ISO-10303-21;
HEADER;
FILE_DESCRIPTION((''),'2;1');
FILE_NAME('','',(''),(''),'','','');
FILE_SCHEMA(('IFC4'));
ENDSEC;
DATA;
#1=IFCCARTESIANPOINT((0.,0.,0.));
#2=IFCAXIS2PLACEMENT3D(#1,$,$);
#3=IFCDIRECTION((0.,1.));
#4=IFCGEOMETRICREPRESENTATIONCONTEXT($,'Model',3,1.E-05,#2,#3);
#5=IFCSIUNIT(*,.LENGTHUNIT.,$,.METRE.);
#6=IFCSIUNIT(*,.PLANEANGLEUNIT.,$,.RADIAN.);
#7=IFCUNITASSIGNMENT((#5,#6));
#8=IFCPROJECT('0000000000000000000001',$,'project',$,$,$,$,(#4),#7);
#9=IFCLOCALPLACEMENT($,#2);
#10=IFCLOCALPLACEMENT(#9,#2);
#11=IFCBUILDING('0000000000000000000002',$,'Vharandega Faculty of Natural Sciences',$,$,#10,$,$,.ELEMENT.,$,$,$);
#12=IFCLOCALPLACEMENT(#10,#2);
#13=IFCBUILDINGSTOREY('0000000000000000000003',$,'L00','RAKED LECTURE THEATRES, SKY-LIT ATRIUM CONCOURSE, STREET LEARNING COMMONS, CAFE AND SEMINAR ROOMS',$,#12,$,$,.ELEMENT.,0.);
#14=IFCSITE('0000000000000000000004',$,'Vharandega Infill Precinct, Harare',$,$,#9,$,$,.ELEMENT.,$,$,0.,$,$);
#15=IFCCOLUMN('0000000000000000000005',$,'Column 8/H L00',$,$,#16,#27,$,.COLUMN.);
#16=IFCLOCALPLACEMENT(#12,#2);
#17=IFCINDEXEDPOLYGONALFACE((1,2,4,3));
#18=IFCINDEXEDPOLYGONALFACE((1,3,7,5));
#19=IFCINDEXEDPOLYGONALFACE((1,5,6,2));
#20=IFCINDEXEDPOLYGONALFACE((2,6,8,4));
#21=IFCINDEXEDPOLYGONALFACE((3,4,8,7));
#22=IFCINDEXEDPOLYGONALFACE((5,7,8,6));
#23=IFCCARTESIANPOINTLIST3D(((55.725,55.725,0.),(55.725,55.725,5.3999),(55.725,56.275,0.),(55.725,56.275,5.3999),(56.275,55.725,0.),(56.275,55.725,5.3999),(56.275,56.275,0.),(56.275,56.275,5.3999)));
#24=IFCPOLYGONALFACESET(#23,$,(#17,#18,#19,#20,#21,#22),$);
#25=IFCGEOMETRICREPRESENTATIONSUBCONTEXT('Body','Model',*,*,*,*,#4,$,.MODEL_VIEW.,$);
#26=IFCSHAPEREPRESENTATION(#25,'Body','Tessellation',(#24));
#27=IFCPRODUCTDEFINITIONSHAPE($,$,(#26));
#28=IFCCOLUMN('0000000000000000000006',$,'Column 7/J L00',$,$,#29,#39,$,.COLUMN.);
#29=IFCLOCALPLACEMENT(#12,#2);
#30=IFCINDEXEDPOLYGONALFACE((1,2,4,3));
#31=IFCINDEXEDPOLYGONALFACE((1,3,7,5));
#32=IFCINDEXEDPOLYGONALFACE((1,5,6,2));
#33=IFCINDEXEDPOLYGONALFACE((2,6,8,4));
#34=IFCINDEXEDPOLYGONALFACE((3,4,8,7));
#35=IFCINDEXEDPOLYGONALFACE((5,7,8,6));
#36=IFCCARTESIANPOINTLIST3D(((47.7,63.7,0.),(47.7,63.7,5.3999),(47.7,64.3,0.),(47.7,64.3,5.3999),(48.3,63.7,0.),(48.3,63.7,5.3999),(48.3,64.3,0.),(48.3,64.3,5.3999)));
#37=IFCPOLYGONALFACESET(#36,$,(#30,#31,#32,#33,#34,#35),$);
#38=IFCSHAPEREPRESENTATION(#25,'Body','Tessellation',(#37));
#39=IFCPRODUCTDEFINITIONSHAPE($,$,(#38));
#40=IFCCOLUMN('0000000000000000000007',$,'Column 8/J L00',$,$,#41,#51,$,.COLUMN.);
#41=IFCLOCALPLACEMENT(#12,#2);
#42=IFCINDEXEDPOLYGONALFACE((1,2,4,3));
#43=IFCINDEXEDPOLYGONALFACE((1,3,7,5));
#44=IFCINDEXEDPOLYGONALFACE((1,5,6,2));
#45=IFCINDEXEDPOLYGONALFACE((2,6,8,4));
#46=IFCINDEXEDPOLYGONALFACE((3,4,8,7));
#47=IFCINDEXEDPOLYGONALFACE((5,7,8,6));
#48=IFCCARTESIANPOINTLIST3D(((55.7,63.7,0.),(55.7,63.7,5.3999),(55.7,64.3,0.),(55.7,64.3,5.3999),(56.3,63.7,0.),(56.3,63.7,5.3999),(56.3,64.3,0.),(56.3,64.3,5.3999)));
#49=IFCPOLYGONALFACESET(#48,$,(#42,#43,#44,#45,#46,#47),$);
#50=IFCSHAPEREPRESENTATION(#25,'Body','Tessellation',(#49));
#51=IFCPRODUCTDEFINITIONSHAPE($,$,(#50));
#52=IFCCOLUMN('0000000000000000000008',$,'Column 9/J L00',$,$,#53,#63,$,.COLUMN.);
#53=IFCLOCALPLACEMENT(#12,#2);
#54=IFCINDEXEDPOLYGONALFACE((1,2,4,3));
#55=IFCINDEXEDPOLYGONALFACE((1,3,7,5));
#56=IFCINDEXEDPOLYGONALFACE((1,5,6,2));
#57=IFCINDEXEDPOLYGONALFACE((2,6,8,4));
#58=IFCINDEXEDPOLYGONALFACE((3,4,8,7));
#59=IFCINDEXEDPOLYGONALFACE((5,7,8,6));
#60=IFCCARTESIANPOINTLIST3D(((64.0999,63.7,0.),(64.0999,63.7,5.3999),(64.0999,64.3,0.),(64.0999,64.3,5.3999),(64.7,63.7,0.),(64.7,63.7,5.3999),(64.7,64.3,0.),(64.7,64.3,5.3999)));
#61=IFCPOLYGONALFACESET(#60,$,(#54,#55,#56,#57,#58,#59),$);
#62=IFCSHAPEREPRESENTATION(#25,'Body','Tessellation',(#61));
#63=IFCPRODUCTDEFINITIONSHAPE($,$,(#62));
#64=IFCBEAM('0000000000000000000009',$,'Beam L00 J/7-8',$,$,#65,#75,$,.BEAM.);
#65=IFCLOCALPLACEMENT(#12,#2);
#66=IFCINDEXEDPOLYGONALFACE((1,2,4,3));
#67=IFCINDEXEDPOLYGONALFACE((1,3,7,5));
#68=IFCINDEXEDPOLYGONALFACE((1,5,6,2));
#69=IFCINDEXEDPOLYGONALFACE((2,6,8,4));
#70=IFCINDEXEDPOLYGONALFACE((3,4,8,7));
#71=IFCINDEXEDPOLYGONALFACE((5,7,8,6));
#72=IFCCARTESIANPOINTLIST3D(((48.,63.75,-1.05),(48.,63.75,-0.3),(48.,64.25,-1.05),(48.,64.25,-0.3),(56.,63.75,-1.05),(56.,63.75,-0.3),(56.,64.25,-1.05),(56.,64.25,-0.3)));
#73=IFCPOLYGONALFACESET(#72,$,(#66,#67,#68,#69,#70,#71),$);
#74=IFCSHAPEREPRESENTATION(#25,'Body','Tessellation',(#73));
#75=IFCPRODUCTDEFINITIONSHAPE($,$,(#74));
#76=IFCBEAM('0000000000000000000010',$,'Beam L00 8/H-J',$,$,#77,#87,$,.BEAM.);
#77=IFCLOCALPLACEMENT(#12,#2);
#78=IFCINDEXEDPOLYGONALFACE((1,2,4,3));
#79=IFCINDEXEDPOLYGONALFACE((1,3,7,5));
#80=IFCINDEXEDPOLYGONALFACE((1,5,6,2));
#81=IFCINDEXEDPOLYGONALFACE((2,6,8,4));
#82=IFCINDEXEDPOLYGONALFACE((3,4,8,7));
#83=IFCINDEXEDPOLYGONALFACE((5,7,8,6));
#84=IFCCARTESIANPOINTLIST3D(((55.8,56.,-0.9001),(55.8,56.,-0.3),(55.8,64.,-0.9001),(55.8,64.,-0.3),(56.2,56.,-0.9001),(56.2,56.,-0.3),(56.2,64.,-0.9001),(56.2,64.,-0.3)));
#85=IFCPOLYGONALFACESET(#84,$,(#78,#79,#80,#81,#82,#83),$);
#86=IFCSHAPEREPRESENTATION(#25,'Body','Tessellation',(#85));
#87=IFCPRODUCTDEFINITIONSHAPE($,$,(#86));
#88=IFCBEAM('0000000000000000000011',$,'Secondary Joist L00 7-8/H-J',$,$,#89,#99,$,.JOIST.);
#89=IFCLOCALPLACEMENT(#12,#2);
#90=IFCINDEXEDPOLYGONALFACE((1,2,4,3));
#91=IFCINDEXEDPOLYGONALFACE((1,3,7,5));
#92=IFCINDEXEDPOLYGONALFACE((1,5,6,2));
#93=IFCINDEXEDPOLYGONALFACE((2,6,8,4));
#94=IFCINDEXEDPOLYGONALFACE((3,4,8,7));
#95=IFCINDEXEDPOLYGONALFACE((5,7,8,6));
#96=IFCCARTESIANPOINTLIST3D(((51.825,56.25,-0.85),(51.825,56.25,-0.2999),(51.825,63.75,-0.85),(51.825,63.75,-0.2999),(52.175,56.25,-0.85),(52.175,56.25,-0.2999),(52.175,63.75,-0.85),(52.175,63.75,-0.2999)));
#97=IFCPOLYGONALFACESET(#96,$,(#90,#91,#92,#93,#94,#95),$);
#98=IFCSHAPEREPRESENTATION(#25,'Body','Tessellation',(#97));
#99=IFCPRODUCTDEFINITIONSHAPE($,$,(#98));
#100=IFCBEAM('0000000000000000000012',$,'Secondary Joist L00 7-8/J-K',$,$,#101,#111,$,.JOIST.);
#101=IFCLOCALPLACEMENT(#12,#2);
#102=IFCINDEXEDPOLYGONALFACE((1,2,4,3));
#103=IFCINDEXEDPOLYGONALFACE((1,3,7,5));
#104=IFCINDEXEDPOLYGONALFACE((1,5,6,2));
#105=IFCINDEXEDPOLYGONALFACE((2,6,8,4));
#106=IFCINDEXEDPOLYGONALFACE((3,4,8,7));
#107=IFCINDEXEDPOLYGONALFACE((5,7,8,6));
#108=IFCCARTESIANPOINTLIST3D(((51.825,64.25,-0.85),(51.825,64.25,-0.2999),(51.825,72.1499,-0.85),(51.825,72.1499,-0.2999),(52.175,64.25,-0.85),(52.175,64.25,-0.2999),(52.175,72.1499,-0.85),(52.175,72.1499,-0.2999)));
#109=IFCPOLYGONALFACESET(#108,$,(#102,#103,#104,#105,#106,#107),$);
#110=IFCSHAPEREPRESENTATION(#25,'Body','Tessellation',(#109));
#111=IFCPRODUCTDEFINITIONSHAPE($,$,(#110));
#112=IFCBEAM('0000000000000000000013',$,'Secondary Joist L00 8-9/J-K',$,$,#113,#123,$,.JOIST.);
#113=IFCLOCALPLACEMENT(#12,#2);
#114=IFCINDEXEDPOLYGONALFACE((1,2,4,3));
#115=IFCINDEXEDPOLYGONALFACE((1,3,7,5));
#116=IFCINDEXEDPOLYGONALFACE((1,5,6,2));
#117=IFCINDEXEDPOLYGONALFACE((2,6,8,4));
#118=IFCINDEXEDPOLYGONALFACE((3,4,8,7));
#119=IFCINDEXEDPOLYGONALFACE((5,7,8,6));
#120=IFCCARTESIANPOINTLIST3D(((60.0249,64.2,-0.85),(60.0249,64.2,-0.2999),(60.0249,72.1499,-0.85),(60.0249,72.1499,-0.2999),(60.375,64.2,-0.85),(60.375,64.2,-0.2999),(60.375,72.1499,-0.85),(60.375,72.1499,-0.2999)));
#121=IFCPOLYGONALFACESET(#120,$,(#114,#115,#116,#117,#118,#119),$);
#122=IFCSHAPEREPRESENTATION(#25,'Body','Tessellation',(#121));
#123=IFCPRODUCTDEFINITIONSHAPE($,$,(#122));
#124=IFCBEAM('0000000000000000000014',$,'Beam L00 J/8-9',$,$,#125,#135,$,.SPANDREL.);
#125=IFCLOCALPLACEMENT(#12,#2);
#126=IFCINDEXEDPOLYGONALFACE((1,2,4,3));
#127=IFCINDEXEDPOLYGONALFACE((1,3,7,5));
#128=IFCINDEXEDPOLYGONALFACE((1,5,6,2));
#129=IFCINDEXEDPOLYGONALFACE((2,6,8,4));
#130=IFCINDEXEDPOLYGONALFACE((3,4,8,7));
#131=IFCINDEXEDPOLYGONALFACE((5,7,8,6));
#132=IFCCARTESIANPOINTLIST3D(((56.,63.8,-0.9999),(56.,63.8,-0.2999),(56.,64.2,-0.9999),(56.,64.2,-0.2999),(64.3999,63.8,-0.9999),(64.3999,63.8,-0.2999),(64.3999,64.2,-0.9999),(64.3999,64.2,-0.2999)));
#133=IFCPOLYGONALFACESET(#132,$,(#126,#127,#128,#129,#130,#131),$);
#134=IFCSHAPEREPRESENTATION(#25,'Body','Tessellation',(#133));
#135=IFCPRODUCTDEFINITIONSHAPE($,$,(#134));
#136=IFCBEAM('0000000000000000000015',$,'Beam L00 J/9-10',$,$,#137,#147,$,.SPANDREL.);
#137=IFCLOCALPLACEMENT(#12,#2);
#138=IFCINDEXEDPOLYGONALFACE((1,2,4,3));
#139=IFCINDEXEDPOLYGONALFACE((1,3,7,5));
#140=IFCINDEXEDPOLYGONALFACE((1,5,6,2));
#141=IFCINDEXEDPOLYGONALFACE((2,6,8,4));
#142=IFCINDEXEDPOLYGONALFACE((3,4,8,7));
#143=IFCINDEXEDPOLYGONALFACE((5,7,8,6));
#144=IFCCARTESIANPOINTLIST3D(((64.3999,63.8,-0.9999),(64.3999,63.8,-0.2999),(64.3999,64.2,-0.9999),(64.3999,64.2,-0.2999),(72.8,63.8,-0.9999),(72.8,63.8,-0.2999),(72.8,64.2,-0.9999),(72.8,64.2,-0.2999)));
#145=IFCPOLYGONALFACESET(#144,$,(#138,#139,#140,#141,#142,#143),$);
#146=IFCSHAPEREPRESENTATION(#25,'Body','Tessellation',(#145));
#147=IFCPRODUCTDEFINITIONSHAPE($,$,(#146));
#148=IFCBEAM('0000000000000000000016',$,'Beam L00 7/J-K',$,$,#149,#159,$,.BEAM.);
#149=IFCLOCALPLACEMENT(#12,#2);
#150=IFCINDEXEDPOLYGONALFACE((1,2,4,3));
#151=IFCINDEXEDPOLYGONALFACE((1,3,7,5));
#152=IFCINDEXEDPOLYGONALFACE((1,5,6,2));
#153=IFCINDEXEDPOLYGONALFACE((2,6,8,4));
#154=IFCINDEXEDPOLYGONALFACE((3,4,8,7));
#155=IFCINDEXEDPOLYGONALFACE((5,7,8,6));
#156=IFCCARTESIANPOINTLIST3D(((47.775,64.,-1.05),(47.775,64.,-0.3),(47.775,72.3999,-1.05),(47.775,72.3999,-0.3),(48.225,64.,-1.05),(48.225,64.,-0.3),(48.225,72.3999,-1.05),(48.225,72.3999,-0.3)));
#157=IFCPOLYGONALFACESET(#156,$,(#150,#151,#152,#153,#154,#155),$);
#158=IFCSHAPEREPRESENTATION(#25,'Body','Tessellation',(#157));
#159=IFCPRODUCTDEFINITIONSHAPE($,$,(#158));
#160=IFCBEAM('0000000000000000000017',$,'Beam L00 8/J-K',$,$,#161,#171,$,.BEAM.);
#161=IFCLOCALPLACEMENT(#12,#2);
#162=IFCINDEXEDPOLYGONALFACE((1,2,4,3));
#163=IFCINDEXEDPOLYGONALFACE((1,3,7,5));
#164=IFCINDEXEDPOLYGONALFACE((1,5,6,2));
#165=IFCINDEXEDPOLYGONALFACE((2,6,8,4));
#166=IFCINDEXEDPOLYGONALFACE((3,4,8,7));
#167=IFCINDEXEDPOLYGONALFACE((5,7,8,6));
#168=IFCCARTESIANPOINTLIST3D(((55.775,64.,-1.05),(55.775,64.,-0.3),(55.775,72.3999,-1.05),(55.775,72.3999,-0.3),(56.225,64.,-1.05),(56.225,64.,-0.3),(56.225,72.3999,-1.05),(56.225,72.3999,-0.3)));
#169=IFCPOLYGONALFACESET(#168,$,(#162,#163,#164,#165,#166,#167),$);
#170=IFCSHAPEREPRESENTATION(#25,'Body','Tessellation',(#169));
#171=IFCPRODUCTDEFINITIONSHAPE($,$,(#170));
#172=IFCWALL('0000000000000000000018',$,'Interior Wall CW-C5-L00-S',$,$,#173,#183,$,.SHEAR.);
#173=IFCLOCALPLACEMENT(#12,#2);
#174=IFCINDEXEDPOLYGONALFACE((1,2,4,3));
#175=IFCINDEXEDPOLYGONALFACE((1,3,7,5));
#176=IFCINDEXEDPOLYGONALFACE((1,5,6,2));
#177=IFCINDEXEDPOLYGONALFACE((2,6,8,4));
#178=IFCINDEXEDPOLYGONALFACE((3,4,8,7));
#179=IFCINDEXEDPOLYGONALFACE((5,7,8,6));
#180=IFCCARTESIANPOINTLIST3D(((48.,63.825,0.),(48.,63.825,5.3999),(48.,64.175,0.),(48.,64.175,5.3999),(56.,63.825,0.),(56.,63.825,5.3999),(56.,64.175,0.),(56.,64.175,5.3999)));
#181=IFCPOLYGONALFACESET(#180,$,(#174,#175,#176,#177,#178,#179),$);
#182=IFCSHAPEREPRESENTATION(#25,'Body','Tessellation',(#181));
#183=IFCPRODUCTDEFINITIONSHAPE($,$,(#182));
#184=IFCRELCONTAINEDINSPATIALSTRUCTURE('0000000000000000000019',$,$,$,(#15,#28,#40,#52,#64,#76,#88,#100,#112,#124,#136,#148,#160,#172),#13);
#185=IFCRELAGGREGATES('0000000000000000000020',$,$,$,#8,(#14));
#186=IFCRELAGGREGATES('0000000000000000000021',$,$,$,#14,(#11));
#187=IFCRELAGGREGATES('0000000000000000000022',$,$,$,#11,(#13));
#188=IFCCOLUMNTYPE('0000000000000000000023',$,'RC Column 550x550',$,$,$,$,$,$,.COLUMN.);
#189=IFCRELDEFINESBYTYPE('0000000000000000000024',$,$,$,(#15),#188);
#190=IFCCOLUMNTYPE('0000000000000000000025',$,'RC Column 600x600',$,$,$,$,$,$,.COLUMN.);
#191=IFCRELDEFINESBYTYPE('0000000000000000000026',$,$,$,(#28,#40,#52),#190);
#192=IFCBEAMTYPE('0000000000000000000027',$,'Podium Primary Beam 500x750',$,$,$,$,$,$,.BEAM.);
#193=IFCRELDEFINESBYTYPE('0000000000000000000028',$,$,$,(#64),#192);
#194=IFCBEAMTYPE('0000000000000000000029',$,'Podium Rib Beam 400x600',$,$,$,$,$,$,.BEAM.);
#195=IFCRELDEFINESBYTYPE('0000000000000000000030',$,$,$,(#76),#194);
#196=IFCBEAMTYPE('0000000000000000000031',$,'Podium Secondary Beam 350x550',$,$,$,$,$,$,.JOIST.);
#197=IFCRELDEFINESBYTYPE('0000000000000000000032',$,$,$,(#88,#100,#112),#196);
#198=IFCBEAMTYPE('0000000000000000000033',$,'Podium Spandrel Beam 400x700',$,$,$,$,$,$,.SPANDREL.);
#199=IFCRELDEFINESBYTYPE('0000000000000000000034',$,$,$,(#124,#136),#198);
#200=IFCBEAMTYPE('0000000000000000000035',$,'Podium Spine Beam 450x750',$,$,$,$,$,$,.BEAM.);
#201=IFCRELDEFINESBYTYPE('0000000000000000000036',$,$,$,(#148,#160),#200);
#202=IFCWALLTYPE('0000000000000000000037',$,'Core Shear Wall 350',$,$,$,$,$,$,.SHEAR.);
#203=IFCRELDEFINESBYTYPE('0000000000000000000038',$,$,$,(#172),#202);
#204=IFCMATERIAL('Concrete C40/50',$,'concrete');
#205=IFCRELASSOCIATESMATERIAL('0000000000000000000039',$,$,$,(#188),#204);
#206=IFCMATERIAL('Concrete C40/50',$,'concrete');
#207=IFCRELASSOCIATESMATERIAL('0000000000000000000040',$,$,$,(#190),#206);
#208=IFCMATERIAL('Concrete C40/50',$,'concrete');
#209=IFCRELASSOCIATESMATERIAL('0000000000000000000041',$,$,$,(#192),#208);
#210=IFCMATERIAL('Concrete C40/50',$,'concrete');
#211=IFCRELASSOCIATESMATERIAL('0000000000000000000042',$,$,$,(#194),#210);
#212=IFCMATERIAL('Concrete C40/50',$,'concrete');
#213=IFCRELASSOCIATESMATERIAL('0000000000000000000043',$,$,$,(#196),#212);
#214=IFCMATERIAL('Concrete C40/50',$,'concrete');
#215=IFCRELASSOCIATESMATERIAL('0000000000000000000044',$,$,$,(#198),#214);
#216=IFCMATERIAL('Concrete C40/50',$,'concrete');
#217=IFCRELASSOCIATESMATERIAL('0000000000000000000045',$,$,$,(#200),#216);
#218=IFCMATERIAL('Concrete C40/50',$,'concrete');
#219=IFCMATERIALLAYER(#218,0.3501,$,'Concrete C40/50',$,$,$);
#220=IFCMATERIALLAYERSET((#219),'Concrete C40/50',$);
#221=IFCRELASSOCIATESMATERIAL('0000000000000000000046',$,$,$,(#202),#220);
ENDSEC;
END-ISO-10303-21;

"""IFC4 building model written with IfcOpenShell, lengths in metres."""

from ifc_helpers import new_model, si_unit, direction, frame, frame_2d, origin, origin_2d, place, context, subcontext, project, spatial, rectangle, extrude, material, layer, layer_set, material_profile, profile_set, type_object, element, save


model = new_model("IFC4")

# Units and contexts
model_context = context("Model", 3, precision=1e-05, world=origin(), true_north=direction((0.0, 1.0)))
body_context = subcontext(model_context, "Body", "Model", "MODEL_VIEW")
ifc_project = project(units=[si_unit("LENGTHUNIT", "METRE"), si_unit("PLANEANGLEUNIT", "RADIAN")], contexts=[model_context])

# Site, building, storey
site_placement = place(None, origin())
site = spatial("IfcSite", under=ifc_project, at=site_placement, Name="Vharandega Infill Precinct, Harare", CompositionType="ELEMENT", RefElevation=0.0)
building_placement = place(site_placement, origin())
building = spatial("IfcBuilding", under=site, at=building_placement, Name="Vharandega Faculty of Natural Sciences", CompositionType="ELEMENT")
storey_placement = place(building_placement, origin())
storey = spatial("IfcBuildingStorey", under=building, at=storey_placement, Name="L00", Description="RAKED LECTURE THEATRES, SKY-LIT ATRIUM CONCOURSE, STREET LEARNING COMMONS, CAFE AND SEMINAR ROOMS", CompositionType="ELEMENT", Elevation=0.0)

# Columns
ifc_material_1 = material(Name="Concrete C40/50", Category="concrete")
ifc_material_profile_1 = material_profile(ifc_material_1, rectangle(XDim=0.55, YDim=0.55, at=origin_2d()), Name="RC 550x550")
ifc_profile_set_1 = profile_set([ifc_material_profile_1], Name="Concrete C40/50")
column_type_1 = type_object("IfcColumnType", Name="RC Column 550x550", PredefinedType="COLUMN", material=ifc_profile_set_1)
column_placement = place(storey_placement, frame((56.0, 56.0, 0.0), z_axis=(0.0, 0.0, 1.0), x_axis=(1.0, 0.0, 0.0)))
element("IfcColumn", 1, at=column_placement, inside=storey, type_object=column_type_1, Name="Column 8/H L00", PredefinedType="COLUMN", context=body_context, shape_type="SweptSolid", body=[
    extrude(rectangle(XDim=0.55, YDim=0.55, at=origin_2d()), origin(), (0.0, 0.0, 1.0), 5.3999),
])
ifc_material_2 = material(Name="Concrete C40/50", Category="concrete")
ifc_material_profile_2 = material_profile(ifc_material_2, rectangle(XDim=0.6001, YDim=0.6001, at=origin_2d()), Name="RC 600x600")
ifc_profile_set_2 = profile_set([ifc_material_profile_2], Name="Concrete C40/50")
column_type_2 = type_object("IfcColumnType", Name="RC Column 600x600", PredefinedType="COLUMN", material=ifc_profile_set_2)
for number, where, z_axis, x_axis, name in (
    (2, (48.0, 64.0, 0.0), (0.0, 0.0, 1.0), (1.0, 0.0, 0.0), "Column 7/J L00"),
    (3, (56.0, 64.0, 0.0), (0.0, 0.0, 1.0), (1.0, 0.0, 0.0), "Column 8/J L00"),
    (4, (64.3999, 64.0, 0.0), (0.0, 0.0, 1.0), (1.0, 0.0, 0.0), "Column 9/J L00"),
):
    element("IfcColumn", number, at=place(storey_placement, frame(where, z_axis=z_axis, x_axis=x_axis)), inside=storey, type_object=column_type_2, Name=name, PredefinedType="COLUMN", context=body_context, shape_type="SweptSolid", body=[
        extrude(rectangle(XDim=0.6001, YDim=0.6001, at=origin_2d()), origin(), (0.0, 0.0, 1.0), 5.3999),
    ])

# Beams
ifc_material_3 = material(Name="Concrete C40/50", Category="concrete")
ifc_material_profile_3 = material_profile(ifc_material_3, rectangle(XDim=0.5, YDim=0.75, at=origin_2d()), Name="RC 500x750")
ifc_profile_set_3 = profile_set([ifc_material_profile_3], Name="Concrete C40/50")
beam_type_1 = type_object("IfcBeamType", Name="Podium Primary Beam 500x750", PredefinedType="BEAM", material=ifc_profile_set_3)
beam_1_placement = place(storey_placement, frame((48.0, 64.0, -0.675), z_axis=(1.0, 0.0, 0.0), x_axis=(0.0, 1.0, 0.0)))
element("IfcBeam", 5, at=beam_1_placement, inside=storey, type_object=beam_type_1, Name="Beam L00 J/7-8", PredefinedType="BEAM", context=body_context, shape_type="SweptSolid", body=[
    extrude(rectangle(XDim=0.5, YDim=0.75, at=origin_2d()), origin(), (0.0, 0.0, 1.0), 8.0),
])
ifc_material_4 = material(Name="Concrete C40/50", Category="concrete")
ifc_material_profile_4 = material_profile(ifc_material_4, rectangle(XDim=0.3999, YDim=0.6001, at=origin_2d()), Name="RC 400x600")
ifc_profile_set_4 = profile_set([ifc_material_profile_4], Name="Concrete C40/50")
beam_type_2 = type_object("IfcBeamType", Name="Podium Rib Beam 400x600", PredefinedType="BEAM", material=ifc_profile_set_4)
beam_2_placement = place(storey_placement, frame((56.0, 56.0, -0.6001), z_axis=(0.0, 1.0, 0.0), x_axis=(-1.0, 0.0, 0.0)))
element("IfcBeam", 6, at=beam_2_placement, inside=storey, type_object=beam_type_2, Name="Beam L00 8/H-J", PredefinedType="BEAM", context=body_context, shape_type="SweptSolid", body=[
    extrude(rectangle(XDim=0.3999, YDim=0.6001, at=origin_2d()), origin(), (0.0, 0.0, 1.0), 8.0),
])
ifc_material_5 = material(Name="Concrete C40/50", Category="concrete")
ifc_material_profile_5 = material_profile(ifc_material_5, rectangle(XDim=0.3501, YDim=0.55, at=origin_2d()), Name="RC 350x550")
ifc_profile_set_5 = profile_set([ifc_material_profile_5], Name="Concrete C40/50")
beam_type_3 = type_object("IfcBeamType", Name="Podium Secondary Beam 350x550", PredefinedType="JOIST", material=ifc_profile_set_5)
beam_3_placement = place(storey_placement, frame((52.0, 56.25, -0.575), z_axis=(0.0, 1.0, 0.0), x_axis=(-1.0, 0.0, 0.0)))
element("IfcBeam", 7, at=beam_3_placement, inside=storey, type_object=beam_type_3, Name="Secondary Joist L00 7-8/H-J", PredefinedType="JOIST", context=body_context, shape_type="SweptSolid", body=[
    extrude(rectangle(XDim=0.3501, YDim=0.55, at=origin_2d()), origin(), (0.0, 0.0, 1.0), 7.5),
])
beam_4_placement = place(storey_placement, frame((52.0, 64.25, -0.575), z_axis=(0.0, 1.0, 0.0), x_axis=(-1.0, 0.0, 0.0)))
element("IfcBeam", 8, at=beam_4_placement, inside=storey, type_object=beam_type_3, Name="Secondary Joist L00 7-8/J-K", PredefinedType="JOIST", context=body_context, shape_type="SweptSolid", body=[
    extrude(rectangle(XDim=0.3501, YDim=0.55, at=origin_2d()), origin(), (0.0, 0.0, 1.0), 7.8999),
])
beam_5_placement = place(storey_placement, frame((60.2, 64.2, -0.575), z_axis=(0.0, 1.0, 0.0), x_axis=(-1.0, 0.0, 0.0)))
element("IfcBeam", 9, at=beam_5_placement, inside=storey, type_object=beam_type_3, Name="Secondary Joist L00 8-9/J-K", PredefinedType="JOIST", context=body_context, shape_type="SweptSolid", body=[
    extrude(rectangle(XDim=0.3501, YDim=0.55, at=origin_2d()), origin(), (0.0, 0.0, 1.0), 7.95),
])
ifc_material_6 = material(Name="Concrete C40/50", Category="concrete")
ifc_material_profile_6 = material_profile(ifc_material_6, rectangle(XDim=0.3999, YDim=0.7, at=origin_2d()), Name="RC 400x700")
ifc_profile_set_6 = profile_set([ifc_material_profile_6], Name="Concrete C40/50")
beam_type_4 = type_object("IfcBeamType", Name="Podium Spandrel Beam 400x700", PredefinedType="SPANDREL", material=ifc_profile_set_6)
beam_6_placement = place(storey_placement, frame((56.0, 64.0, -0.6499), z_axis=(1.0, 0.0, 0.0), x_axis=(0.0, 1.0, 0.0)))
element("IfcBeam", 10, at=beam_6_placement, inside=storey, type_object=beam_type_4, Name="Beam L00 J/8-9", PredefinedType="SPANDREL", context=body_context, shape_type="SweptSolid", body=[
    extrude(rectangle(XDim=0.3999, YDim=0.7, at=origin_2d()), origin(), (0.0, 0.0, 1.0), 8.3999),
])
beam_7_placement = place(storey_placement, frame((64.3999, 64.0, -0.6499), z_axis=(1.0, 0.0, 0.0), x_axis=(0.0, 1.0, 0.0)))
element("IfcBeam", 11, at=beam_7_placement, inside=storey, type_object=beam_type_4, Name="Beam L00 J/9-10", PredefinedType="SPANDREL", context=body_context, shape_type="SweptSolid", body=[
    extrude(rectangle(XDim=0.3999, YDim=0.7, at=origin_2d()), origin(), (0.0, 0.0, 1.0), 8.4001),
])
ifc_material_7 = material(Name="Concrete C40/50", Category="concrete")
ifc_material_profile_7 = material_profile(ifc_material_7, rectangle(XDim=0.45, YDim=0.75, at=origin_2d()), Name="RC 450x750")
ifc_profile_set_7 = profile_set([ifc_material_profile_7], Name="Concrete C40/50")
beam_type_5 = type_object("IfcBeamType", Name="Podium Spine Beam 450x750", PredefinedType="BEAM", material=ifc_profile_set_7)
for number, where, z_axis, x_axis, name in (
    (12, (48.0, 64.0, -0.675), (0.0, 1.0, 0.0), (-1.0, 0.0, 0.0), "Beam L00 7/J-K"),
    (13, (56.0, 64.0, -0.675), (0.0, 1.0, 0.0), (-1.0, 0.0, 0.0), "Beam L00 8/J-K"),
):
    element("IfcBeam", number, at=place(storey_placement, frame(where, z_axis=z_axis, x_axis=x_axis)), inside=storey, type_object=beam_type_5, Name=name, PredefinedType="BEAM", context=body_context, shape_type="SweptSolid", body=[
        extrude(rectangle(XDim=0.45, YDim=0.75, at=origin_2d()), origin(), (0.0, 0.0, 1.0), 8.3999),
    ])

# Wall
ifc_material_8 = material(Name="Concrete C40/50", Category="concrete")
ifc_layer_1 = layer(ifc_material_8, 0.3501, Name="Concrete C40/50")
ifc_layer_set_1 = layer_set([ifc_layer_1], Name="Concrete C40/50")
wall_type_1 = type_object("IfcWallType", Name="Core Shear Wall 350", PredefinedType="SHEAR", material=ifc_layer_set_1)
wall_1_placement = place(storey_placement, frame((48.0, 64.0, 0.0), z_axis=(0.0, 0.0, 1.0), x_axis=(1.0, 0.0, 0.0)))
element("IfcWall", 14, at=wall_1_placement, inside=storey, type_object=wall_type_1, Name="Interior Wall CW-C5-L00-S", PredefinedType="SHEAR", context=body_context, shape_type="SweptSolid", body=[
    extrude(rectangle(XDim=8.0, YDim=0.3501, at=frame_2d((4.0, 0.0))), origin(), (0.0, 0.0, 1.0), 5.3999),
])

save(model, "model.ifc")
